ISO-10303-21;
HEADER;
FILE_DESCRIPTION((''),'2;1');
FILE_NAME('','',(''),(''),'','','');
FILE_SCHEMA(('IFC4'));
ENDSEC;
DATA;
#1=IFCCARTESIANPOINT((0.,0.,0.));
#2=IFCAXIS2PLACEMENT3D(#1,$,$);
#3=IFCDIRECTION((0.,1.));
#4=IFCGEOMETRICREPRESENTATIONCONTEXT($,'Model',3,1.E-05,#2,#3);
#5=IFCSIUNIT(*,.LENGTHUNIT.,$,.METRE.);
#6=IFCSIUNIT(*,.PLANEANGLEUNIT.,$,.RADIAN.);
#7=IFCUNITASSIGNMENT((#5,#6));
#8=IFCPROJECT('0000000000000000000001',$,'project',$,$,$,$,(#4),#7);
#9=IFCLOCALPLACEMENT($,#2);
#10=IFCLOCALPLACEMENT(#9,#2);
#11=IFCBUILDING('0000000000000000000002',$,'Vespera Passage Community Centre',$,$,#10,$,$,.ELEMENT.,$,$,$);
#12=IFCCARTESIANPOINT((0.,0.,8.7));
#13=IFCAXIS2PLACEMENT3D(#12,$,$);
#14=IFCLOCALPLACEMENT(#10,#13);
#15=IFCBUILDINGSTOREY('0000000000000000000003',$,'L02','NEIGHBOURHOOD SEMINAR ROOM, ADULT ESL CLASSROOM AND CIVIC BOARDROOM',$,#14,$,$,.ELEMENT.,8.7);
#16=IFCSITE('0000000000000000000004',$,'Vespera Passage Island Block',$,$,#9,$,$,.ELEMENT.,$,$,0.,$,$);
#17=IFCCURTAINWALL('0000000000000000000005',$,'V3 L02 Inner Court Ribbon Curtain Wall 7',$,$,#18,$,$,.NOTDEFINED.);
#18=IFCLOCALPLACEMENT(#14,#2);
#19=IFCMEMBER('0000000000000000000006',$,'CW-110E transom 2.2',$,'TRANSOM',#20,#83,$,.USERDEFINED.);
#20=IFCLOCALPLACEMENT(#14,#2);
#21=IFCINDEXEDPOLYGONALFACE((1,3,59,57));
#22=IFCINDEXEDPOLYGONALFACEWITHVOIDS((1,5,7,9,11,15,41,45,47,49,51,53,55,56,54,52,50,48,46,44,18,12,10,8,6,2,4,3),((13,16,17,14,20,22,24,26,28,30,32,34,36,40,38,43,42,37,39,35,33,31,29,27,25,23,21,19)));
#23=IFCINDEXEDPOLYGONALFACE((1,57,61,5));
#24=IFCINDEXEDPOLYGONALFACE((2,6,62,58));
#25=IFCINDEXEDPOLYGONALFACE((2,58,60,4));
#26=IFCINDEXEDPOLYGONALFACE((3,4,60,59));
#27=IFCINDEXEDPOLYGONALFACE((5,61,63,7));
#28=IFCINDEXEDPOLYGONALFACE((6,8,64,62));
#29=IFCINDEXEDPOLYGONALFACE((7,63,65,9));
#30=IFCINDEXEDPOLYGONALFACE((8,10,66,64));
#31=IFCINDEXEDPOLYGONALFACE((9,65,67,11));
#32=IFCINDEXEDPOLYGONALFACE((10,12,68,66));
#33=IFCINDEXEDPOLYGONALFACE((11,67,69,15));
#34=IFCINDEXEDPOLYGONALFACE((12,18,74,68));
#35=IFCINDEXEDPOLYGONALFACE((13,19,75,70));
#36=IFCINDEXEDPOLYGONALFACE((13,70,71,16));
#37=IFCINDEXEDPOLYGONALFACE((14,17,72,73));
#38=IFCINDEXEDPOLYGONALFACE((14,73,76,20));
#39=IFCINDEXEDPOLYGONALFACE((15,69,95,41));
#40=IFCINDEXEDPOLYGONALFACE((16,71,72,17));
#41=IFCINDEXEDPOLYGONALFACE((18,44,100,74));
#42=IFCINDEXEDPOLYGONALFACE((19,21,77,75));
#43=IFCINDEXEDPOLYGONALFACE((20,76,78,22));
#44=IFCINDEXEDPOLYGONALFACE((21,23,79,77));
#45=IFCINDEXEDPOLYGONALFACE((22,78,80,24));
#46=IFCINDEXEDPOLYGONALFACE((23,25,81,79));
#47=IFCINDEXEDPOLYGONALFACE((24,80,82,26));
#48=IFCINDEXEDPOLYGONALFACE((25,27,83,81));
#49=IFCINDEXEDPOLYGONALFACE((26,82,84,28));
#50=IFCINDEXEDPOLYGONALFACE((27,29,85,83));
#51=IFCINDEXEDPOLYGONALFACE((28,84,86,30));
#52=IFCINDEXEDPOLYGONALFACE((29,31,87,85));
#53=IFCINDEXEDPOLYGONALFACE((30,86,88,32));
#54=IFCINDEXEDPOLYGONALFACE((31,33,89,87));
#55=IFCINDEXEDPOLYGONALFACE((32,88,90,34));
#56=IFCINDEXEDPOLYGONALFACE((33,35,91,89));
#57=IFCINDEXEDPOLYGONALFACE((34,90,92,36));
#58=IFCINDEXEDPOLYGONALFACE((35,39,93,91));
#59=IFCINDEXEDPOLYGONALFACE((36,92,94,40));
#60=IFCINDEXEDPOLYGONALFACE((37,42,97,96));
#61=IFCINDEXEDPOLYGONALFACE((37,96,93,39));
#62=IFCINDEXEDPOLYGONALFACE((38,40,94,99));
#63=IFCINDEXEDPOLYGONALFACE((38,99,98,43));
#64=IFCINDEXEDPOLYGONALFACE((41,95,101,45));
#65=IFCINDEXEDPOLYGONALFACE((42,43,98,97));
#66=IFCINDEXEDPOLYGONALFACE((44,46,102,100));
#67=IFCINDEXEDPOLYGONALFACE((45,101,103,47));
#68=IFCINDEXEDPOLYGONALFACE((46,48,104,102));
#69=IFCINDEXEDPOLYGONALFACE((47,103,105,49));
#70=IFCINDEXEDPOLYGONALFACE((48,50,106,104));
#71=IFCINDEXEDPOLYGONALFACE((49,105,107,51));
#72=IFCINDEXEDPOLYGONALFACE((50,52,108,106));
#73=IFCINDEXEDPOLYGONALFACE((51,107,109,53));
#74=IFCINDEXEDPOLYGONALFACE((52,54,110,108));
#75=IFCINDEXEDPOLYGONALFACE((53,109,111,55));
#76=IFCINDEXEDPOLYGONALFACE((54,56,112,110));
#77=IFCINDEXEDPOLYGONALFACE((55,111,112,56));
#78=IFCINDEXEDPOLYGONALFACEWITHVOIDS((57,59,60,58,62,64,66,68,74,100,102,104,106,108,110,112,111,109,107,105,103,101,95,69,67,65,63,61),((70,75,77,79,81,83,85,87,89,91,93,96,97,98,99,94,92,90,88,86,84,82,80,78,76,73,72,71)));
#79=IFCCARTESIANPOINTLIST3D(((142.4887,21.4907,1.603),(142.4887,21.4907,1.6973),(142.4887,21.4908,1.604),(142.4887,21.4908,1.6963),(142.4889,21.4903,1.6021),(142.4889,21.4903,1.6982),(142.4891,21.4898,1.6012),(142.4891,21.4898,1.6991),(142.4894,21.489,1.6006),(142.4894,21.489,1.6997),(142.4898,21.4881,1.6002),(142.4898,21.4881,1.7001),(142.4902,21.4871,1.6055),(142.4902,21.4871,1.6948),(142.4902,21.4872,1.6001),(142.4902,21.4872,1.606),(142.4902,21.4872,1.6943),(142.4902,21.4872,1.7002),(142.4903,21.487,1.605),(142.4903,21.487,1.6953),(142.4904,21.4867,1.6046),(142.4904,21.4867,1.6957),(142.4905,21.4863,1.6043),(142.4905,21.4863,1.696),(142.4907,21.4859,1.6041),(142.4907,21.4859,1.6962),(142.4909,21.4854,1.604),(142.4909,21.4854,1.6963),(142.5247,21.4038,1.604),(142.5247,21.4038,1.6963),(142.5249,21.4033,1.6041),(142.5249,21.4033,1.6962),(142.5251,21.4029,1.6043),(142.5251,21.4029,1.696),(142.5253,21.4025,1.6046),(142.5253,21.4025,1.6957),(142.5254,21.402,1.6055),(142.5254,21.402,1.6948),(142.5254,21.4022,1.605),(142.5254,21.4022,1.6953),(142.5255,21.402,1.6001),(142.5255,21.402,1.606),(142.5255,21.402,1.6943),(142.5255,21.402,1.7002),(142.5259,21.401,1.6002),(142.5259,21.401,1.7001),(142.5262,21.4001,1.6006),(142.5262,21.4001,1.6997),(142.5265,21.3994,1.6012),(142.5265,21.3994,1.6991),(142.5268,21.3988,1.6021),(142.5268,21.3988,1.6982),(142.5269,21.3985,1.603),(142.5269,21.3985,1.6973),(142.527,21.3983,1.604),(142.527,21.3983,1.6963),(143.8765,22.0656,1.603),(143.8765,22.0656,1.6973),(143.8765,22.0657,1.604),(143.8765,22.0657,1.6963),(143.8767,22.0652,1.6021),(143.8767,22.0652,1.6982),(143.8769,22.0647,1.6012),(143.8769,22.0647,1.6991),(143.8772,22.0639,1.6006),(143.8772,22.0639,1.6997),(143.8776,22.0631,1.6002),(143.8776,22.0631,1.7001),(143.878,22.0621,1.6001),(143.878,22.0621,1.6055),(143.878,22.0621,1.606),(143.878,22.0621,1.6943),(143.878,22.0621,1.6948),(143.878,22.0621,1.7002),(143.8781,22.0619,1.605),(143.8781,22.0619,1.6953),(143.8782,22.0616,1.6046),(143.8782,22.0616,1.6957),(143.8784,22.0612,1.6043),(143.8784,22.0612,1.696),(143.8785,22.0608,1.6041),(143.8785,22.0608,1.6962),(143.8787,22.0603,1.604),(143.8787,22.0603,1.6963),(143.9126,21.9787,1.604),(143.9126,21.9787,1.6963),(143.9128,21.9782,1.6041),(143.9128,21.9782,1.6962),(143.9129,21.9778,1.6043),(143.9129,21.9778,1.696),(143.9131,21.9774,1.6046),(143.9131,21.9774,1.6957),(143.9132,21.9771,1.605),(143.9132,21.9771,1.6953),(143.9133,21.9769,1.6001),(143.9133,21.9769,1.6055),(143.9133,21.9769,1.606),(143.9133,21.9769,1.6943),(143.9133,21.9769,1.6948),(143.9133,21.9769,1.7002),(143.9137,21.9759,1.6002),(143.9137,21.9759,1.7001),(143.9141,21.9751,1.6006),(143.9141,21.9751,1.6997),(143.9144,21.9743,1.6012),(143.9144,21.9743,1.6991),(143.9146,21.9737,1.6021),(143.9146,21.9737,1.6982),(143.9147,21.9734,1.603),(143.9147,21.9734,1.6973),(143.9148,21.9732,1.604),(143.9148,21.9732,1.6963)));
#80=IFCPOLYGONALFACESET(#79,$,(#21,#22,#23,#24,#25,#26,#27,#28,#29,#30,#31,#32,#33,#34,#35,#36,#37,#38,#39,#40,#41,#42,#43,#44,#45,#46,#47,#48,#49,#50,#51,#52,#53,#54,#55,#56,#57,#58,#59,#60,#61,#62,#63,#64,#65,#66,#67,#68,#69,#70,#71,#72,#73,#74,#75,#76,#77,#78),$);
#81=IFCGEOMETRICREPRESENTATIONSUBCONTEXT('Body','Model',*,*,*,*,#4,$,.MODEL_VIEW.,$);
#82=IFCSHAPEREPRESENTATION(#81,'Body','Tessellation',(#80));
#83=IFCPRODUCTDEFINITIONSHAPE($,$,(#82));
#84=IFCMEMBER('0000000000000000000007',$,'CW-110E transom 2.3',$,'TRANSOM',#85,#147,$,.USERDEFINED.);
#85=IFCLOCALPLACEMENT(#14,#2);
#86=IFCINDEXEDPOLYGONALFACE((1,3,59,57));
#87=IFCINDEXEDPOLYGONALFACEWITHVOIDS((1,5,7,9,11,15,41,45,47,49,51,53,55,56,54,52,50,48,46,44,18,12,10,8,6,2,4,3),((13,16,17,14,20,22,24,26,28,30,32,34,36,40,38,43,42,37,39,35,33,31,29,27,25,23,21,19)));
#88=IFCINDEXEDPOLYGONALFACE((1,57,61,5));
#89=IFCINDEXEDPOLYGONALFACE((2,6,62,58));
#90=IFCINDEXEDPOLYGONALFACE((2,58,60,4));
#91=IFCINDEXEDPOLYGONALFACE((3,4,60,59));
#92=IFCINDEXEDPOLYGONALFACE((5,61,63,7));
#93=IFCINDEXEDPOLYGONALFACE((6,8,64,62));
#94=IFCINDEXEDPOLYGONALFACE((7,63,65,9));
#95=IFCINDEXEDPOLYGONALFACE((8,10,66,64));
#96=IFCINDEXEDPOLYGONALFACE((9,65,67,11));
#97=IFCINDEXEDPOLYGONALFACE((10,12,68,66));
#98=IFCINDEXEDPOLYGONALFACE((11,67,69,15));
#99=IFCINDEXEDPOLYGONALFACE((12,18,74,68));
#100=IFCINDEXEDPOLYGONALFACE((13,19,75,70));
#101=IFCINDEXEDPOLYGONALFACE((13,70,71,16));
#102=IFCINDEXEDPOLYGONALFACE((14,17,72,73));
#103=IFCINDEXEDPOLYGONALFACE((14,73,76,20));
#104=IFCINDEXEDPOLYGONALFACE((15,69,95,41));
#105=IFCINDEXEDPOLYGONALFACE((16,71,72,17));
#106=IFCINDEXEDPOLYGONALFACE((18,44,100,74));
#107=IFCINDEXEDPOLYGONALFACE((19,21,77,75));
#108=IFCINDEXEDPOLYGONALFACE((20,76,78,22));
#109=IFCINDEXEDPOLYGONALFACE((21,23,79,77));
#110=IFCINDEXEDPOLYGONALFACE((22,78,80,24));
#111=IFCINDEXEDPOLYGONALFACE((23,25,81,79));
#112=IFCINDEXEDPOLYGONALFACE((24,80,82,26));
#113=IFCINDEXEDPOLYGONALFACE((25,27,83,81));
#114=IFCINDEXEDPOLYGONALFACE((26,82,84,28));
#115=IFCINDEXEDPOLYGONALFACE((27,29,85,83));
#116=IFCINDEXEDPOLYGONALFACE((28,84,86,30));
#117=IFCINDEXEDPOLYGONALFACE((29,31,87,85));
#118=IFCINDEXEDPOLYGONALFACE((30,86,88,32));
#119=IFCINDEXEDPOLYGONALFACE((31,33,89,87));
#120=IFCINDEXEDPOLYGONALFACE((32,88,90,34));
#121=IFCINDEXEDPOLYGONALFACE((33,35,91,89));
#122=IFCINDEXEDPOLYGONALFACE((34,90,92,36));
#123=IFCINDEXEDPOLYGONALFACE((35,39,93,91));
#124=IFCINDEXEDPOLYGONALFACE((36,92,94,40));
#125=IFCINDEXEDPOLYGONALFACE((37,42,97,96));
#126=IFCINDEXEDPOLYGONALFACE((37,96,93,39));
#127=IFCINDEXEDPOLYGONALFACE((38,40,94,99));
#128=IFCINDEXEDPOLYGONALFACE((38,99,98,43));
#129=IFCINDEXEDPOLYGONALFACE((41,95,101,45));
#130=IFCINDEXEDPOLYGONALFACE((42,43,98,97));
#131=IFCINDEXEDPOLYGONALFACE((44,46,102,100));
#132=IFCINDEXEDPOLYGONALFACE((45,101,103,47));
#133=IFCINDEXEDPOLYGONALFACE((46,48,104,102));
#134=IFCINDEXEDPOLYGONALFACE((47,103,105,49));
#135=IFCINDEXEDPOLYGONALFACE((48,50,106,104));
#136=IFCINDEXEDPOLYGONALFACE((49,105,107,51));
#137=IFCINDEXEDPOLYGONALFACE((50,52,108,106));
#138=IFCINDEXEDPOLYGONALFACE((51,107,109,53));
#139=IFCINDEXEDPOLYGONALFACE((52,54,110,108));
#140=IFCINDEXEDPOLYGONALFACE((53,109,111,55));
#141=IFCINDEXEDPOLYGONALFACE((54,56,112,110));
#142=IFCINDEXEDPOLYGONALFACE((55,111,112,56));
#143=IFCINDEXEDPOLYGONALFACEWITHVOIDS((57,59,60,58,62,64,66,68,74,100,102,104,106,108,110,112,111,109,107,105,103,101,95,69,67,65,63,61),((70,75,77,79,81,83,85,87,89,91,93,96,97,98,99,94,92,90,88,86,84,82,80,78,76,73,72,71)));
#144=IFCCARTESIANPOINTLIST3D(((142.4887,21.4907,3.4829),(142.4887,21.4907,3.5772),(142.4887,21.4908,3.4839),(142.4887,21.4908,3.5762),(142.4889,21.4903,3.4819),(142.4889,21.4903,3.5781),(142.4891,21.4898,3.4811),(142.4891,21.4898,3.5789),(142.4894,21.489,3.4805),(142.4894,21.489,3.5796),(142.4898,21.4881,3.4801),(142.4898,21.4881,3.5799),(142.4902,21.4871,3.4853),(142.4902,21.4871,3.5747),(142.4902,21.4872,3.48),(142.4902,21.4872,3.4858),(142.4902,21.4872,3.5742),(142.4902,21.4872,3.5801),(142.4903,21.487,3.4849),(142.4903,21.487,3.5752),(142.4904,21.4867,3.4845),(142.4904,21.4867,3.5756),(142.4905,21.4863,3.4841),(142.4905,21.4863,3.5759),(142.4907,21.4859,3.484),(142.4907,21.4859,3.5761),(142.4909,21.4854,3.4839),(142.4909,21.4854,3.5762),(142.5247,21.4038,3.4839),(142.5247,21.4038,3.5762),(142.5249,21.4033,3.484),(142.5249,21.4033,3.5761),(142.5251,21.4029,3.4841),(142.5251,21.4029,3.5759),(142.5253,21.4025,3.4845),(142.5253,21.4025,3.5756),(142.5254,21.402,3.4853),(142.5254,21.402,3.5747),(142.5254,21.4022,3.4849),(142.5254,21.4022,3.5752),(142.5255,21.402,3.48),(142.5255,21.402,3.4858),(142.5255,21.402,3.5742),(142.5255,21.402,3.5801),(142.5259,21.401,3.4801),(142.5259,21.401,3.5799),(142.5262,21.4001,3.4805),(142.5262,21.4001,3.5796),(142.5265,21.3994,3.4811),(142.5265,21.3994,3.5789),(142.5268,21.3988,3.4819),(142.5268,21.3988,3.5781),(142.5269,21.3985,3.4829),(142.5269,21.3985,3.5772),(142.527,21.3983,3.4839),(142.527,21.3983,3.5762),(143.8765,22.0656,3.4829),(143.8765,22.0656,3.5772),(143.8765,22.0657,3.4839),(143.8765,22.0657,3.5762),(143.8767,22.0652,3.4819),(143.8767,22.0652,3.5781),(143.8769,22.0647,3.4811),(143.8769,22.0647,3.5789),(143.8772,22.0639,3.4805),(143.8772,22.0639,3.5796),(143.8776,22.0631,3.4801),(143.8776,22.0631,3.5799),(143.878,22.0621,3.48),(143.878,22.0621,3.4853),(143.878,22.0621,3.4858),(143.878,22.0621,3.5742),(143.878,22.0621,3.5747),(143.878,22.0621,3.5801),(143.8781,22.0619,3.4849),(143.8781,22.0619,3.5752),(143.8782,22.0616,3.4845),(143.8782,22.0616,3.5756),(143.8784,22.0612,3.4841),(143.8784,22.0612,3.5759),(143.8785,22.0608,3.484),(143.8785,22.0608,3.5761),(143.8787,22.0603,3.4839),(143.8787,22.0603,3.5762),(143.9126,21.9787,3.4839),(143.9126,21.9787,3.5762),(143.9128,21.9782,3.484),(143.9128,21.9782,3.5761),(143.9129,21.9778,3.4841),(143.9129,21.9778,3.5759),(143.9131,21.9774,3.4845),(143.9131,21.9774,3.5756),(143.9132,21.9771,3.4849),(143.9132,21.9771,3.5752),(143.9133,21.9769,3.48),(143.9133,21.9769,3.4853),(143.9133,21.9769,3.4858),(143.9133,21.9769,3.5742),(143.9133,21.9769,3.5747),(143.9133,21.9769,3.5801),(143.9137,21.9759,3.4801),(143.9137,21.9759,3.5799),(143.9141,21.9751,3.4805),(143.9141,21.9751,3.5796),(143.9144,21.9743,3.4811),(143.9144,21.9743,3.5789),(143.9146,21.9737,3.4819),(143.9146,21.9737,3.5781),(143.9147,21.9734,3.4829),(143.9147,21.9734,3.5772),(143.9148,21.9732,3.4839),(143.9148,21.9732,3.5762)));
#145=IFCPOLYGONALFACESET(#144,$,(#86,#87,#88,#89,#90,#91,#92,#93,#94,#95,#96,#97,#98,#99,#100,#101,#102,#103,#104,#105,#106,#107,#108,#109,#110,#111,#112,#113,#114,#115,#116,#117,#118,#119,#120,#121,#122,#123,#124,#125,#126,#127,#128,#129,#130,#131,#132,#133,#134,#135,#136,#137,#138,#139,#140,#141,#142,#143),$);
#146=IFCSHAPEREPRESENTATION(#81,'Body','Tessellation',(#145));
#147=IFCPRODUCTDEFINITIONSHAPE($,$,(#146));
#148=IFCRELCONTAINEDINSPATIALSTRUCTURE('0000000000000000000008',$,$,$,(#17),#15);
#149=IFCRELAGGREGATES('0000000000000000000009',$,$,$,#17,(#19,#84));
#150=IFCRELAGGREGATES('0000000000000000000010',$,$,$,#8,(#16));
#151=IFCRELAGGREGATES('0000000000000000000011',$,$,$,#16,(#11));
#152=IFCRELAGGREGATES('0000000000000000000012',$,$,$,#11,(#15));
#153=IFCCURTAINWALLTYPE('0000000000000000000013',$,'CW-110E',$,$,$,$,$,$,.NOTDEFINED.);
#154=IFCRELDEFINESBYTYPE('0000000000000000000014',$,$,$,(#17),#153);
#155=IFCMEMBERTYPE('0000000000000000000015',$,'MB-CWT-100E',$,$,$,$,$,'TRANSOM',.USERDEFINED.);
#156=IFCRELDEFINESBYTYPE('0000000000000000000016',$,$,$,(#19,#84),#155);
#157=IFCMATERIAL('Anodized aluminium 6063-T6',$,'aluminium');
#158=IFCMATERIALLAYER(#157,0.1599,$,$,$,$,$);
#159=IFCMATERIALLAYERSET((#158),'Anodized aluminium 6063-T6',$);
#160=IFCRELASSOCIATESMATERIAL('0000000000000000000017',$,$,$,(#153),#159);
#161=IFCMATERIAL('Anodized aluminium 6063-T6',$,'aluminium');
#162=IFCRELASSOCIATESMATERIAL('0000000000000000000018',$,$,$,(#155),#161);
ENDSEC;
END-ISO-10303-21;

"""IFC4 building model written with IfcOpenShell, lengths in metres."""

from ifc_helpers import new_model, si_unit, direction, frame, origin, origin_2d, place, context, subcontext, project, spatial, hollow_rectangle, extrude, material, layer, layer_set, material_profile, profile_set, type_object, element, aggregate, save


model = new_model("IFC4")

# Units and contexts
model_context = context("Model", 3, precision=1e-05, world=origin(), true_north=direction((0.0, 1.0)))
body_context = subcontext(model_context, "Body", "Model", "MODEL_VIEW")
ifc_project = project(units=[si_unit("LENGTHUNIT", "METRE"), si_unit("PLANEANGLEUNIT", "RADIAN")], contexts=[model_context])

# Site, building, storey
site_placement = place(None, origin())
site = spatial("IfcSite", under=ifc_project, at=site_placement, Name="Vespera Passage Island Block", CompositionType="ELEMENT", RefElevation=0.0)
building_placement = place(site_placement, origin())
building = spatial("IfcBuilding", under=site, at=building_placement, Name="Vespera Passage Community Centre", CompositionType="ELEMENT")
storey_placement = place(building_placement, frame((0.0, 0.0, 8.7)))
storey = spatial("IfcBuildingStorey", under=building, at=storey_placement, Name="L02", Description="NEIGHBOURHOOD SEMINAR ROOM, ADULT ESL CLASSROOM AND CIVIC BOARDROOM", CompositionType="ELEMENT", Elevation=8.7)

# Shared definitions
ifc_material_1 = material(Name="Anodized aluminium 6063-T6", Category="aluminium")
ifc_layer_1 = layer(ifc_material_1, 0.1599)
ifc_layer_set_1 = layer_set([ifc_layer_1], Name="Anodized aluminium 6063-T6")
curtain_wall_type = type_object("IfcCurtainWallType", Name="CW-110E", PredefinedType="NOTDEFINED", material=ifc_layer_set_1)

# Curtain wall
curtain_wall_1_placement = place(storey_placement, origin())
curtain_wall_1 = element("IfcCurtainWall", 1, at=curtain_wall_1_placement, inside=storey, type_object=curtain_wall_type, Name="V3 L02 Inner Court Ribbon Curtain Wall 7", PredefinedType="NOTDEFINED")

# Members
ifc_material_2 = material(Name="Anodized aluminium 6063-T6", Category="aluminium")
ifc_material_profile_1 = material_profile(ifc_material_2, hollow_rectangle(XDim=0.1001, YDim=0.1001, WallThickness=0.0039, InnerFilletRadius=0.002, OuterFilletRadius=0.0039, at=origin_2d()), Name="ALU100X100X4")
ifc_profile_set_1 = profile_set([ifc_material_profile_1], Name="Anodized aluminium 6063-T6")
member_type_1 = type_object("IfcMemberType", Name="MB-CWT-100E", ElementType="TRANSOM", PredefinedType="USERDEFINED", material=ifc_profile_set_1)
member_1_placement = place(storey_placement, frame((142.5078, 21.4446, 1.6501), z_axis=(0.923868, 0.382711, 0.0), x_axis=(-0.382711, 0.923868, 0.0)))
member_1 = element("IfcMember", 2, at=member_1_placement, type_object=member_type_1, Name="CW-110E transom 2.2", ObjectType="TRANSOM", PredefinedType="USERDEFINED", context=body_context, shape_type="SweptSolid", body=[
    extrude(hollow_rectangle(XDim=0.1001, YDim=0.1001, WallThickness=0.0039, InnerFilletRadius=0.002, OuterFilletRadius=0.0039, at=origin_2d()), origin(), (0.0, 0.0, 1.0), 1.5022),
])
member_2_placement = place(storey_placement, frame((142.5078, 21.4446, 3.53), z_axis=(0.923868, 0.382711, 0.0), x_axis=(-0.382711, 0.923868, 0.0)))
member_2 = element("IfcMember", 3, at=member_2_placement, type_object=member_type_1, Name="CW-110E transom 2.3", ObjectType="TRANSOM", PredefinedType="USERDEFINED", context=body_context, shape_type="SweptSolid", body=[
    extrude(hollow_rectangle(XDim=0.1001, YDim=0.1001, WallThickness=0.0039, InnerFilletRadius=0.002, OuterFilletRadius=0.0039, at=origin_2d()), origin(), (0.0, 0.0, 1.0), 1.5022),
])

aggregate(curtain_wall_1, [member_1, member_2])

save(model, "model.ifc")
